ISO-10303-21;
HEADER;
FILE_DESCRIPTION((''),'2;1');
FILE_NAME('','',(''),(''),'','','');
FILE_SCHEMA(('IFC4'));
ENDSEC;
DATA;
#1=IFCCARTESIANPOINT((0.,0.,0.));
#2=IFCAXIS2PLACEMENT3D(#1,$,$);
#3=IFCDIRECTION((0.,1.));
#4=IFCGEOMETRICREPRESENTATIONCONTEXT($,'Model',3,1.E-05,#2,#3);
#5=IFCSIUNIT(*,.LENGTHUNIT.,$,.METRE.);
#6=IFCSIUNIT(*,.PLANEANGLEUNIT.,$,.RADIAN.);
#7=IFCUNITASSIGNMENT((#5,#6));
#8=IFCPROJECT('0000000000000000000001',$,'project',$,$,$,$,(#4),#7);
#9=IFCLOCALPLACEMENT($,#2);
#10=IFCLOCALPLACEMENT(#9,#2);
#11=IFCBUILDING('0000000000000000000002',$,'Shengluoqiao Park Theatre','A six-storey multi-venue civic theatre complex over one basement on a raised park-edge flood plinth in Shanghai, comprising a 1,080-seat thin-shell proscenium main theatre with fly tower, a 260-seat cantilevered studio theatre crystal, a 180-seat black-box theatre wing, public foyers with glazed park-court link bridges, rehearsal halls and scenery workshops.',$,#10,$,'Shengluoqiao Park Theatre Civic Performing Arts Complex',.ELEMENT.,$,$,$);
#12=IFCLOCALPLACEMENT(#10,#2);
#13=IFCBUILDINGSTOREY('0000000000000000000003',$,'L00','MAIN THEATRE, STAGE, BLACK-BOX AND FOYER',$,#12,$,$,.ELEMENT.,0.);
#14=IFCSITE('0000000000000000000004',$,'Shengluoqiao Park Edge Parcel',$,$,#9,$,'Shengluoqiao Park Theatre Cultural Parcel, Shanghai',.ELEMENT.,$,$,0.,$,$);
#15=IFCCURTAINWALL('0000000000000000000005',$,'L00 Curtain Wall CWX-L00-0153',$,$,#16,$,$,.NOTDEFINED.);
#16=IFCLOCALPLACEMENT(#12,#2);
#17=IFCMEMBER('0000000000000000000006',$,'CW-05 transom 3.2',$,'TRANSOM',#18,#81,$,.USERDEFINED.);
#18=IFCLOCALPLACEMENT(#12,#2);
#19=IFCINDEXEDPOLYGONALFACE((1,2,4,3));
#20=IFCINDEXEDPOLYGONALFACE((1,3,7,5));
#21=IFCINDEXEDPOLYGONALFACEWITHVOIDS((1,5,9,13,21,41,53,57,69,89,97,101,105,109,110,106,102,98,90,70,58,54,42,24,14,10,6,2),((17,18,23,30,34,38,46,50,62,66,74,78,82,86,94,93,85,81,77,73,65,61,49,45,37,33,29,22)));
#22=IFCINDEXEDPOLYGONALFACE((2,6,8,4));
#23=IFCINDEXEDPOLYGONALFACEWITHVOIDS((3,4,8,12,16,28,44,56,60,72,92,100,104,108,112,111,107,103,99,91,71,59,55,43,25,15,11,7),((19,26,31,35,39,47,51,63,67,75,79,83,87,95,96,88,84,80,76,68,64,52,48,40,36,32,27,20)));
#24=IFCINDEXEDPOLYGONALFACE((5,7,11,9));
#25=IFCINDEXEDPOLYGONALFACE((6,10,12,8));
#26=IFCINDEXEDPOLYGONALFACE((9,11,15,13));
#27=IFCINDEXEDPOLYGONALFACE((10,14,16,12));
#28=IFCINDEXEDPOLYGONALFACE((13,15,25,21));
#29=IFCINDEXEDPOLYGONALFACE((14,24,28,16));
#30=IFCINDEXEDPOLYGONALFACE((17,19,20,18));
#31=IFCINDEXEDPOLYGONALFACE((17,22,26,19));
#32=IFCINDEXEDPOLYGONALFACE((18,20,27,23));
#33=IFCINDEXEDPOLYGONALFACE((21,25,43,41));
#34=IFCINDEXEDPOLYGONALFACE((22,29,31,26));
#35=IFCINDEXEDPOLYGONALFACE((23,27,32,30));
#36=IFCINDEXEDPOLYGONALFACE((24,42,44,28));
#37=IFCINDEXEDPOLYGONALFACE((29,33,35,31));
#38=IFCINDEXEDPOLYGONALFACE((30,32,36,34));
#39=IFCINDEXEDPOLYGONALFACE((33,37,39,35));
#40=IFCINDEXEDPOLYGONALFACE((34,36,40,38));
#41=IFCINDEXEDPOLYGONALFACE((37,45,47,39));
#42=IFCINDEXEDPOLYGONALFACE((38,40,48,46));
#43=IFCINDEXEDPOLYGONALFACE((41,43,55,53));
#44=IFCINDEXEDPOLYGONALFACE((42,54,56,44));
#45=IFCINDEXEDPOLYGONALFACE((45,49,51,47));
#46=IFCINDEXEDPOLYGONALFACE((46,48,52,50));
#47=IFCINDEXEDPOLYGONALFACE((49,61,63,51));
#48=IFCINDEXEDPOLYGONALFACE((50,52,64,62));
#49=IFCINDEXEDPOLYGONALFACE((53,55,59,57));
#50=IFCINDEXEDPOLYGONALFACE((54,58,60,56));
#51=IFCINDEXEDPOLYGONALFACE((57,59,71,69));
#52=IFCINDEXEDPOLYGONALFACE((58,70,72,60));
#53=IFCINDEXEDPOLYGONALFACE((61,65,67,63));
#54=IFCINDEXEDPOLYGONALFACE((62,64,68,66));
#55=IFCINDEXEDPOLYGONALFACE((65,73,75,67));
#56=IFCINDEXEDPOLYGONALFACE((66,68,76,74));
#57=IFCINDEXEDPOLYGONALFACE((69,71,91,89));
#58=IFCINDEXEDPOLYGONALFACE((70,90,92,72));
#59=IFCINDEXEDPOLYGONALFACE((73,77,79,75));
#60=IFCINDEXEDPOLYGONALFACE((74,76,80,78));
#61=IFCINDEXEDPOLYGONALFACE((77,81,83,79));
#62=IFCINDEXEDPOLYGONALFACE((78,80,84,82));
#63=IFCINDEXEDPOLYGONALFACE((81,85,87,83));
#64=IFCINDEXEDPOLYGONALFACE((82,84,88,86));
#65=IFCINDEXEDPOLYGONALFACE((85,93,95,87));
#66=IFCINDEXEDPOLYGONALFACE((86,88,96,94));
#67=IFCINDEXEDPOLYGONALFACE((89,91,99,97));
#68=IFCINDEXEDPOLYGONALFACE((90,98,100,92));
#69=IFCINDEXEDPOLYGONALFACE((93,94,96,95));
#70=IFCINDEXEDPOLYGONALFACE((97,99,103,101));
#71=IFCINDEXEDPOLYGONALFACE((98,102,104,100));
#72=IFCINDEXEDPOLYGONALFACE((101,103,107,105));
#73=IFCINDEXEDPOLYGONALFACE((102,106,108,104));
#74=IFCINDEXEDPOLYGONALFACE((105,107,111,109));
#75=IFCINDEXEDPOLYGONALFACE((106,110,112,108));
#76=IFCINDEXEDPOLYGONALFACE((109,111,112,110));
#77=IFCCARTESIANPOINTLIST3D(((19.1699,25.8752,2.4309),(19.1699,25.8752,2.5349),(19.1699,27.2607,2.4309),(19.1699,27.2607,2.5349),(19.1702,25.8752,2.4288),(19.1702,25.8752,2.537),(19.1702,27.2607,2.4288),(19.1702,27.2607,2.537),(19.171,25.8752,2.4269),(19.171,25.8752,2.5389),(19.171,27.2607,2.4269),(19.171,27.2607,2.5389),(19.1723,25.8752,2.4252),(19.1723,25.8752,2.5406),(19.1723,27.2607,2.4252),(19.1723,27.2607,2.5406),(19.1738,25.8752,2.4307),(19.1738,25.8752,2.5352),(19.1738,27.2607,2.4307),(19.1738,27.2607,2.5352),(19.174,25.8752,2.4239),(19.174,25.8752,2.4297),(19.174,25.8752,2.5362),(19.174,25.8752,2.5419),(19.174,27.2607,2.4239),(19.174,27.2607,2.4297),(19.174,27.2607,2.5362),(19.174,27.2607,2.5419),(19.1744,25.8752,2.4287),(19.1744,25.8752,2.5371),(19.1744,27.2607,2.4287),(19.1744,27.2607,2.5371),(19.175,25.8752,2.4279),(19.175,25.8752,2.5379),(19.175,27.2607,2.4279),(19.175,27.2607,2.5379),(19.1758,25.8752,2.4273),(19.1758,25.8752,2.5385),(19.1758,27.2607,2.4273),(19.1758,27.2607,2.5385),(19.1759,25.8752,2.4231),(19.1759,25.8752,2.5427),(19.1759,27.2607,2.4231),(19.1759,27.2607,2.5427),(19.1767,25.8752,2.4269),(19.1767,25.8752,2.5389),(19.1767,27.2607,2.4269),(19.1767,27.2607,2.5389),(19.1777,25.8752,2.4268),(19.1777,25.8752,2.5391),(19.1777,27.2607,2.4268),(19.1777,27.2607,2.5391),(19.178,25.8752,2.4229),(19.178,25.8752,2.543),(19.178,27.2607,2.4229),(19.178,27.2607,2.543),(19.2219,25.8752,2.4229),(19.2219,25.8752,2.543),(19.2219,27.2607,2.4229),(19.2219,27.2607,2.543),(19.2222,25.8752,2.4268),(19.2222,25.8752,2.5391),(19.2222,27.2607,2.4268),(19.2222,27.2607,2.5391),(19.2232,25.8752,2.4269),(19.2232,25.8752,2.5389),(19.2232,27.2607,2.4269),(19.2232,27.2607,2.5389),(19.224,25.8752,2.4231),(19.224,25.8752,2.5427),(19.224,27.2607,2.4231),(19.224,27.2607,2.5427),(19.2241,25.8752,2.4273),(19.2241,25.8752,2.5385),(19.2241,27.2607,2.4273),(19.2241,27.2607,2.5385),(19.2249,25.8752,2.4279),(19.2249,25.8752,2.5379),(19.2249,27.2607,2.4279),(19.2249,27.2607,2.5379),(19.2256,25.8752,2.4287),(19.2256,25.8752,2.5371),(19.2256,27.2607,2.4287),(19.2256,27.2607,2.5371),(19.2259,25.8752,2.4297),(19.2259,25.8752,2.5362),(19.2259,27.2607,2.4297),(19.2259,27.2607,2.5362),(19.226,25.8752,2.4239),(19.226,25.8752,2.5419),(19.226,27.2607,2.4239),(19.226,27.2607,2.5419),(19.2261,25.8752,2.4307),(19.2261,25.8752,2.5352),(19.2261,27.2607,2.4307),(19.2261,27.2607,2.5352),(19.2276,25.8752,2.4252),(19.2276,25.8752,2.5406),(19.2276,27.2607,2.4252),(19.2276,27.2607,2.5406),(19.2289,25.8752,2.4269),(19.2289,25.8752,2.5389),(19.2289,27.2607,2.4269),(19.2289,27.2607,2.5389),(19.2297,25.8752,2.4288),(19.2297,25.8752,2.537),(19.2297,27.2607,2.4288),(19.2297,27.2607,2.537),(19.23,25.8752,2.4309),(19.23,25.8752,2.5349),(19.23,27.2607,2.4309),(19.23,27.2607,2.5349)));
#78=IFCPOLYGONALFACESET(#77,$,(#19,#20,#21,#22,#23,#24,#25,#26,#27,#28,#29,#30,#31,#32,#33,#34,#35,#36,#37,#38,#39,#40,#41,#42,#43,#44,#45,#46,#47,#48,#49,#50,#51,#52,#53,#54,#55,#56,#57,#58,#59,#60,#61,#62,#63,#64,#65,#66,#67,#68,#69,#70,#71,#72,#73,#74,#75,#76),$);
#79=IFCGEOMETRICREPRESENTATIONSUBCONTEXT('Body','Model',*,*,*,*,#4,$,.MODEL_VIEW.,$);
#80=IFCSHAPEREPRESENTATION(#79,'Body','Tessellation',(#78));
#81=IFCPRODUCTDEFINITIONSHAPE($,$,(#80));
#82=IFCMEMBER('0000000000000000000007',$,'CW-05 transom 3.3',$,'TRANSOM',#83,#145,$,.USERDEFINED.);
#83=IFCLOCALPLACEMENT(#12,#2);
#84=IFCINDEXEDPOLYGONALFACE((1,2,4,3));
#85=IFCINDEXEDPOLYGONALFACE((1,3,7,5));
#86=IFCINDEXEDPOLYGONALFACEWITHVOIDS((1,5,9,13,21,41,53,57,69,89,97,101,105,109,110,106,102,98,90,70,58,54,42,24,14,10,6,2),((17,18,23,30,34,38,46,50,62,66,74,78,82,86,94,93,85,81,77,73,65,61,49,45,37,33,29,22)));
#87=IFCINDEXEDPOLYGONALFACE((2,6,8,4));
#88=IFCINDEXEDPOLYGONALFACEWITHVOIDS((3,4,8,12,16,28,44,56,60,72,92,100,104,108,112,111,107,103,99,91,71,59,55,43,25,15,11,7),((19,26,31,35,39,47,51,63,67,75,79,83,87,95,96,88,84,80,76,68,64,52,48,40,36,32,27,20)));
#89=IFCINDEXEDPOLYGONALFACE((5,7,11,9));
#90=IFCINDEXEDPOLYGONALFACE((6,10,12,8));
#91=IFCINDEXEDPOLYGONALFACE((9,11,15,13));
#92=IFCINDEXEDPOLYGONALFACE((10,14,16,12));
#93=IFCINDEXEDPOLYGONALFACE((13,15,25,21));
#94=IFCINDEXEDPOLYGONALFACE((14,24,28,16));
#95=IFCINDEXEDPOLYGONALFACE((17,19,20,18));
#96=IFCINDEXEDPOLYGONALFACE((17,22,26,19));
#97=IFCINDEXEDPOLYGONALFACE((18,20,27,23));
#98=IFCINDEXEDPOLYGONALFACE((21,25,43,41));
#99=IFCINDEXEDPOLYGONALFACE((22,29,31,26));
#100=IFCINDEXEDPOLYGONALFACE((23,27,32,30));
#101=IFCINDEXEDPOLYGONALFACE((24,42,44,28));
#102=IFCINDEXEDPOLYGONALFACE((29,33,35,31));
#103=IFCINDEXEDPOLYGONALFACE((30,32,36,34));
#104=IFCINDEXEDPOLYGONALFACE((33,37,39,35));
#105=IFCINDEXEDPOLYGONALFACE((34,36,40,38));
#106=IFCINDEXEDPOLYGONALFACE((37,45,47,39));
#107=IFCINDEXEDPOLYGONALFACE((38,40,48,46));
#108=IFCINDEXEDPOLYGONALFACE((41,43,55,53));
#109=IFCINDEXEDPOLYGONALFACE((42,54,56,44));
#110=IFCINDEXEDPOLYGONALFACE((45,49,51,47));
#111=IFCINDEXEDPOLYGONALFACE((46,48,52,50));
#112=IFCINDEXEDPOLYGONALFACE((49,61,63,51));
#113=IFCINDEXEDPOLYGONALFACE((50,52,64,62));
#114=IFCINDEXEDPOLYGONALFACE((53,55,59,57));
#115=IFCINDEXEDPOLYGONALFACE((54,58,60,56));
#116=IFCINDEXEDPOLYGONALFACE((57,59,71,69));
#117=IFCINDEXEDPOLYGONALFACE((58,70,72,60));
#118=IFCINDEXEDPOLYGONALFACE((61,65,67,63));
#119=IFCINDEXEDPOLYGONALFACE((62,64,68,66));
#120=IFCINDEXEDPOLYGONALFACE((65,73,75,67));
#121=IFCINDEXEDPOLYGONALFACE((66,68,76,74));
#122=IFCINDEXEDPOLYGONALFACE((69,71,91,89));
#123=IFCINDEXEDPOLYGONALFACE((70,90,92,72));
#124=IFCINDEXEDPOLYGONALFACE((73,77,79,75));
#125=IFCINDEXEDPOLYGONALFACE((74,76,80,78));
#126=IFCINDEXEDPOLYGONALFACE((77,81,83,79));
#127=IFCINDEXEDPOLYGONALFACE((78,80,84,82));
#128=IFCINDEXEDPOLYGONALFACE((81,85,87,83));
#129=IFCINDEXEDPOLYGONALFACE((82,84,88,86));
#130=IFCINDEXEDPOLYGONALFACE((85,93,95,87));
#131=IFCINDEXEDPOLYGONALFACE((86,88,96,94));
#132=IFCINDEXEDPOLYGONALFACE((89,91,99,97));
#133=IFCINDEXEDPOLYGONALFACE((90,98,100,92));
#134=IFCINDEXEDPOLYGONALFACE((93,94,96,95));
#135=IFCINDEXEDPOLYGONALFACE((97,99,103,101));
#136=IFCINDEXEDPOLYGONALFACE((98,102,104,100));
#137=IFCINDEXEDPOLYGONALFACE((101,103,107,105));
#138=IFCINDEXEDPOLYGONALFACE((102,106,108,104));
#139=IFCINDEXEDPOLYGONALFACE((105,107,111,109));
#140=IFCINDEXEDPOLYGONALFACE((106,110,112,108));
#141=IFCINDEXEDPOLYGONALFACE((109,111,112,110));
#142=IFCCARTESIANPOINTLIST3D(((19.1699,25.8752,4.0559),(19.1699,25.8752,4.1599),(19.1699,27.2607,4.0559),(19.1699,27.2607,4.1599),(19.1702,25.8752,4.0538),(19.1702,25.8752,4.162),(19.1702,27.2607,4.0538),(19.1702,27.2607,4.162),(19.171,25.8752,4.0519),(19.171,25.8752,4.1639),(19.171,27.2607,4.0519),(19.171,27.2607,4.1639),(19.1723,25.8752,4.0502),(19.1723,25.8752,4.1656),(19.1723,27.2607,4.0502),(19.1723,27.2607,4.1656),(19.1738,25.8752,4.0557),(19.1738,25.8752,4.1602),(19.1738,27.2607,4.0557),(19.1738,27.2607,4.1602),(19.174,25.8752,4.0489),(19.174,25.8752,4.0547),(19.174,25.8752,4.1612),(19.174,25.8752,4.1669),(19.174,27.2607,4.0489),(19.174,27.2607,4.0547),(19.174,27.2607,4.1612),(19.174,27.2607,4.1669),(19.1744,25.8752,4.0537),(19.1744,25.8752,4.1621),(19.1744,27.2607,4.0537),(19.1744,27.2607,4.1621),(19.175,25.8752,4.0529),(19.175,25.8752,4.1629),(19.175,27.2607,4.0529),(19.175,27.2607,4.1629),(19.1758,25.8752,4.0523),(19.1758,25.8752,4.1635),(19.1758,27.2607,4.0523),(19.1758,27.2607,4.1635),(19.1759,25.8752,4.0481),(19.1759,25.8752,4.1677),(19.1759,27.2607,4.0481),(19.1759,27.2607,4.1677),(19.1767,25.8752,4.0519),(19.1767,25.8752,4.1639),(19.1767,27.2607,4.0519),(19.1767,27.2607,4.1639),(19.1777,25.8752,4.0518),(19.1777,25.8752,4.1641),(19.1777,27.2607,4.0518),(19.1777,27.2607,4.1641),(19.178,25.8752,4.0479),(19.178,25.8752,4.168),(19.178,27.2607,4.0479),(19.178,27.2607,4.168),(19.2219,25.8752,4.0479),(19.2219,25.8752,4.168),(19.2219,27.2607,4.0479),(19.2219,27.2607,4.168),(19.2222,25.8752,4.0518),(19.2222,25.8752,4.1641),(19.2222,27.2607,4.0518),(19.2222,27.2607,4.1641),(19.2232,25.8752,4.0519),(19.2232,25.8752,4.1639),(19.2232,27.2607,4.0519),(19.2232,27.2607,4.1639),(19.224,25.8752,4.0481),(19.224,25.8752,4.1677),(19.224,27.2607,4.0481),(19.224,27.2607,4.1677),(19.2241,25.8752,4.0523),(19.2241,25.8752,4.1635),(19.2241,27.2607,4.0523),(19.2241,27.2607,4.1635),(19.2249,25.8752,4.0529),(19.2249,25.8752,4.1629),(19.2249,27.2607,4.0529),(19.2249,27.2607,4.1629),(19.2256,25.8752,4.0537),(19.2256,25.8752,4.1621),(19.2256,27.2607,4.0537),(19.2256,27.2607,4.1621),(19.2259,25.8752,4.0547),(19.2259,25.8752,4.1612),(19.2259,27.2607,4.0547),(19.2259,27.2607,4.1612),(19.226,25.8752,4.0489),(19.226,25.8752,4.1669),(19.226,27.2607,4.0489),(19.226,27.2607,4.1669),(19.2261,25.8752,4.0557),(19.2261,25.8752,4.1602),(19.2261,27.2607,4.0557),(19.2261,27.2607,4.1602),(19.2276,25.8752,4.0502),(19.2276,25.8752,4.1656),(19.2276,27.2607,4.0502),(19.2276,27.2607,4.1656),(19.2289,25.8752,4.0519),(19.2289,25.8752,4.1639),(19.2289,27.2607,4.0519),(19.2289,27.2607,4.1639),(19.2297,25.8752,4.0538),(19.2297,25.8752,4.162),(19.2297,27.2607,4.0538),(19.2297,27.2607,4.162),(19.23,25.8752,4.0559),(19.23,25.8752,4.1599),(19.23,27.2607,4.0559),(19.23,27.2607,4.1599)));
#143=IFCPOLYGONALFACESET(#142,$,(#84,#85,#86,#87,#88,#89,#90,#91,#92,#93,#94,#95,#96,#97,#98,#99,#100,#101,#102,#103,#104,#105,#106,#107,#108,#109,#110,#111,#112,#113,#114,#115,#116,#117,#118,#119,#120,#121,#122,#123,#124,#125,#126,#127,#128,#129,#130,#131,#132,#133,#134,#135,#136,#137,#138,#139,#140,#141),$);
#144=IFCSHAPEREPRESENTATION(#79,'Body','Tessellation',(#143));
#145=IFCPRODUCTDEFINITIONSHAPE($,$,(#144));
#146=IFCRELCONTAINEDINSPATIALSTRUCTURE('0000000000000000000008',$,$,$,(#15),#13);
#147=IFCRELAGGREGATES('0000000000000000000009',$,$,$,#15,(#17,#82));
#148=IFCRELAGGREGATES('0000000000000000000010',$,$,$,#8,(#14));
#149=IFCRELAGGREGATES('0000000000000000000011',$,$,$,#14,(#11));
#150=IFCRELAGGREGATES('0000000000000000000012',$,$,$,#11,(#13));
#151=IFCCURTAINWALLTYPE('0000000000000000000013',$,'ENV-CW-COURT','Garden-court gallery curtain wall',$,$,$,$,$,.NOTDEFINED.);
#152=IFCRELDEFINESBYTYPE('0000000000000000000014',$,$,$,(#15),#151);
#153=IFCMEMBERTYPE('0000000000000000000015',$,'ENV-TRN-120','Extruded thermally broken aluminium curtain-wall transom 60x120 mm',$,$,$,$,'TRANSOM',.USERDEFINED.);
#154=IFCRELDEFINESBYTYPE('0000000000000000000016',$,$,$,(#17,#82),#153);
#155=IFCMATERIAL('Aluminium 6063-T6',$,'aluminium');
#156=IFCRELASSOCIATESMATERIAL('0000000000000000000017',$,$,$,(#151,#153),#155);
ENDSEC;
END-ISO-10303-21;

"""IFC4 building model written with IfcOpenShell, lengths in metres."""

from ifc_helpers import new_model, si_unit, direction, frame, origin, origin_2d, place, context, subcontext, project, spatial, hollow_rectangle, extrude, material, material_profile, profile_set, type_object, element, aggregate, save


model = new_model("IFC4")

# Units and contexts
model_context = context("Model", 3, precision=1e-05, world=origin(), true_north=direction((0.0, 1.0)))
body_context = subcontext(model_context, "Body", "Model", "MODEL_VIEW")
ifc_project = project(units=[si_unit("LENGTHUNIT", "METRE"), si_unit("PLANEANGLEUNIT", "RADIAN")], contexts=[model_context])

# Site, building, storey
site_placement = place(None, origin())
site = spatial("IfcSite", under=ifc_project, at=site_placement, Name="Shengluoqiao Park Edge Parcel", LongName="Shengluoqiao Park Theatre Cultural Parcel, Shanghai", CompositionType="ELEMENT", RefElevation=0.0)
building_placement = place(site_placement, origin())
building = spatial("IfcBuilding", under=site, at=building_placement, Name="Shengluoqiao Park Theatre", Description="A six-storey multi-venue civic theatre complex over one basement on a raised park-edge flood plinth in Shanghai, comprising a 1,080-seat thin-shell proscenium main theatre with fly tower, a 260-seat cantilevered studio theatre crystal, a 180-seat black-box theatre wing, public foyers with glazed park-court link bridges, rehearsal halls and scenery workshops.", LongName="Shengluoqiao Park Theatre Civic Performing Arts Complex", CompositionType="ELEMENT")
storey_placement = place(building_placement, origin())
storey = spatial("IfcBuildingStorey", under=building, at=storey_placement, Name="L00", Description="MAIN THEATRE, STAGE, BLACK-BOX AND FOYER", CompositionType="ELEMENT", Elevation=0.0)

# Shared definitions
ifc_material_1 = material(Name="Aluminium 6063-T6", Category="aluminium")

# Curtain wall, members
curtain_wall_type_1 = type_object("IfcCurtainWallType", Name="ENV-CW-COURT", Description="Garden-court gallery curtain wall", PredefinedType="NOTDEFINED", material=ifc_material_1)
curtain_wall_1_placement = place(storey_placement, origin())
curtain_wall_1 = element("IfcCurtainWall", 1, at=curtain_wall_1_placement, inside=storey, type_object=curtain_wall_type_1, Name="L00 Curtain Wall CWX-L00-0153", PredefinedType="NOTDEFINED")
ifc_material_profile_1 = material_profile(ifc_material_1, hollow_rectangle(XDim=0.0601, YDim=0.1201, WallThickness=0.0039, InnerFilletRadius=0.0039, OuterFilletRadius=0.0081, at=origin_2d()), Name="ALU TRANSOM 120x60x4")
ifc_profile_set_1 = profile_set([ifc_material_profile_1], Name="Aluminium 6063-T6")
member_type_1 = type_object("IfcMemberType", Name="ENV-TRN-120", Description="Extruded thermally broken aluminium curtain-wall transom 60x120 mm", ElementType="TRANSOM", PredefinedType="USERDEFINED", material=ifc_profile_set_1)
member_1_placement = place(storey_placement, frame((19.2, 25.8752, 2.4829), z_axis=(0.0, 1.0, 0.0), x_axis=(-1.0, 0.0, 0.0)))
member_1 = element("IfcMember", 2, at=member_1_placement, type_object=member_type_1, Name="CW-05 transom 3.2", ObjectType="TRANSOM", PredefinedType="USERDEFINED", context=body_context, shape_type="SweptSolid", body=[
    extrude(hollow_rectangle(XDim=0.0601, YDim=0.1201, WallThickness=0.0039, InnerFilletRadius=0.0039, OuterFilletRadius=0.0081, at=origin_2d()), origin(), (0.0, 0.0, 1.0), 1.3855),
])
member_2_placement = place(storey_placement, frame((19.2, 25.8752, 4.1079), z_axis=(0.0, 1.0, 0.0), x_axis=(-1.0, 0.0, 0.0)))
member_2 = element("IfcMember", 3, at=member_2_placement, type_object=member_type_1, Name="CW-05 transom 3.3", ObjectType="TRANSOM", PredefinedType="USERDEFINED", context=body_context, shape_type="SweptSolid", body=[
    extrude(hollow_rectangle(XDim=0.0601, YDim=0.1201, WallThickness=0.0039, InnerFilletRadius=0.0039, OuterFilletRadius=0.0081, at=origin_2d()), origin(), (0.0, 0.0, 1.0), 1.3855),
])
aggregate(curtain_wall_1, [member_1, member_2])

save(model, "model.ifc")
